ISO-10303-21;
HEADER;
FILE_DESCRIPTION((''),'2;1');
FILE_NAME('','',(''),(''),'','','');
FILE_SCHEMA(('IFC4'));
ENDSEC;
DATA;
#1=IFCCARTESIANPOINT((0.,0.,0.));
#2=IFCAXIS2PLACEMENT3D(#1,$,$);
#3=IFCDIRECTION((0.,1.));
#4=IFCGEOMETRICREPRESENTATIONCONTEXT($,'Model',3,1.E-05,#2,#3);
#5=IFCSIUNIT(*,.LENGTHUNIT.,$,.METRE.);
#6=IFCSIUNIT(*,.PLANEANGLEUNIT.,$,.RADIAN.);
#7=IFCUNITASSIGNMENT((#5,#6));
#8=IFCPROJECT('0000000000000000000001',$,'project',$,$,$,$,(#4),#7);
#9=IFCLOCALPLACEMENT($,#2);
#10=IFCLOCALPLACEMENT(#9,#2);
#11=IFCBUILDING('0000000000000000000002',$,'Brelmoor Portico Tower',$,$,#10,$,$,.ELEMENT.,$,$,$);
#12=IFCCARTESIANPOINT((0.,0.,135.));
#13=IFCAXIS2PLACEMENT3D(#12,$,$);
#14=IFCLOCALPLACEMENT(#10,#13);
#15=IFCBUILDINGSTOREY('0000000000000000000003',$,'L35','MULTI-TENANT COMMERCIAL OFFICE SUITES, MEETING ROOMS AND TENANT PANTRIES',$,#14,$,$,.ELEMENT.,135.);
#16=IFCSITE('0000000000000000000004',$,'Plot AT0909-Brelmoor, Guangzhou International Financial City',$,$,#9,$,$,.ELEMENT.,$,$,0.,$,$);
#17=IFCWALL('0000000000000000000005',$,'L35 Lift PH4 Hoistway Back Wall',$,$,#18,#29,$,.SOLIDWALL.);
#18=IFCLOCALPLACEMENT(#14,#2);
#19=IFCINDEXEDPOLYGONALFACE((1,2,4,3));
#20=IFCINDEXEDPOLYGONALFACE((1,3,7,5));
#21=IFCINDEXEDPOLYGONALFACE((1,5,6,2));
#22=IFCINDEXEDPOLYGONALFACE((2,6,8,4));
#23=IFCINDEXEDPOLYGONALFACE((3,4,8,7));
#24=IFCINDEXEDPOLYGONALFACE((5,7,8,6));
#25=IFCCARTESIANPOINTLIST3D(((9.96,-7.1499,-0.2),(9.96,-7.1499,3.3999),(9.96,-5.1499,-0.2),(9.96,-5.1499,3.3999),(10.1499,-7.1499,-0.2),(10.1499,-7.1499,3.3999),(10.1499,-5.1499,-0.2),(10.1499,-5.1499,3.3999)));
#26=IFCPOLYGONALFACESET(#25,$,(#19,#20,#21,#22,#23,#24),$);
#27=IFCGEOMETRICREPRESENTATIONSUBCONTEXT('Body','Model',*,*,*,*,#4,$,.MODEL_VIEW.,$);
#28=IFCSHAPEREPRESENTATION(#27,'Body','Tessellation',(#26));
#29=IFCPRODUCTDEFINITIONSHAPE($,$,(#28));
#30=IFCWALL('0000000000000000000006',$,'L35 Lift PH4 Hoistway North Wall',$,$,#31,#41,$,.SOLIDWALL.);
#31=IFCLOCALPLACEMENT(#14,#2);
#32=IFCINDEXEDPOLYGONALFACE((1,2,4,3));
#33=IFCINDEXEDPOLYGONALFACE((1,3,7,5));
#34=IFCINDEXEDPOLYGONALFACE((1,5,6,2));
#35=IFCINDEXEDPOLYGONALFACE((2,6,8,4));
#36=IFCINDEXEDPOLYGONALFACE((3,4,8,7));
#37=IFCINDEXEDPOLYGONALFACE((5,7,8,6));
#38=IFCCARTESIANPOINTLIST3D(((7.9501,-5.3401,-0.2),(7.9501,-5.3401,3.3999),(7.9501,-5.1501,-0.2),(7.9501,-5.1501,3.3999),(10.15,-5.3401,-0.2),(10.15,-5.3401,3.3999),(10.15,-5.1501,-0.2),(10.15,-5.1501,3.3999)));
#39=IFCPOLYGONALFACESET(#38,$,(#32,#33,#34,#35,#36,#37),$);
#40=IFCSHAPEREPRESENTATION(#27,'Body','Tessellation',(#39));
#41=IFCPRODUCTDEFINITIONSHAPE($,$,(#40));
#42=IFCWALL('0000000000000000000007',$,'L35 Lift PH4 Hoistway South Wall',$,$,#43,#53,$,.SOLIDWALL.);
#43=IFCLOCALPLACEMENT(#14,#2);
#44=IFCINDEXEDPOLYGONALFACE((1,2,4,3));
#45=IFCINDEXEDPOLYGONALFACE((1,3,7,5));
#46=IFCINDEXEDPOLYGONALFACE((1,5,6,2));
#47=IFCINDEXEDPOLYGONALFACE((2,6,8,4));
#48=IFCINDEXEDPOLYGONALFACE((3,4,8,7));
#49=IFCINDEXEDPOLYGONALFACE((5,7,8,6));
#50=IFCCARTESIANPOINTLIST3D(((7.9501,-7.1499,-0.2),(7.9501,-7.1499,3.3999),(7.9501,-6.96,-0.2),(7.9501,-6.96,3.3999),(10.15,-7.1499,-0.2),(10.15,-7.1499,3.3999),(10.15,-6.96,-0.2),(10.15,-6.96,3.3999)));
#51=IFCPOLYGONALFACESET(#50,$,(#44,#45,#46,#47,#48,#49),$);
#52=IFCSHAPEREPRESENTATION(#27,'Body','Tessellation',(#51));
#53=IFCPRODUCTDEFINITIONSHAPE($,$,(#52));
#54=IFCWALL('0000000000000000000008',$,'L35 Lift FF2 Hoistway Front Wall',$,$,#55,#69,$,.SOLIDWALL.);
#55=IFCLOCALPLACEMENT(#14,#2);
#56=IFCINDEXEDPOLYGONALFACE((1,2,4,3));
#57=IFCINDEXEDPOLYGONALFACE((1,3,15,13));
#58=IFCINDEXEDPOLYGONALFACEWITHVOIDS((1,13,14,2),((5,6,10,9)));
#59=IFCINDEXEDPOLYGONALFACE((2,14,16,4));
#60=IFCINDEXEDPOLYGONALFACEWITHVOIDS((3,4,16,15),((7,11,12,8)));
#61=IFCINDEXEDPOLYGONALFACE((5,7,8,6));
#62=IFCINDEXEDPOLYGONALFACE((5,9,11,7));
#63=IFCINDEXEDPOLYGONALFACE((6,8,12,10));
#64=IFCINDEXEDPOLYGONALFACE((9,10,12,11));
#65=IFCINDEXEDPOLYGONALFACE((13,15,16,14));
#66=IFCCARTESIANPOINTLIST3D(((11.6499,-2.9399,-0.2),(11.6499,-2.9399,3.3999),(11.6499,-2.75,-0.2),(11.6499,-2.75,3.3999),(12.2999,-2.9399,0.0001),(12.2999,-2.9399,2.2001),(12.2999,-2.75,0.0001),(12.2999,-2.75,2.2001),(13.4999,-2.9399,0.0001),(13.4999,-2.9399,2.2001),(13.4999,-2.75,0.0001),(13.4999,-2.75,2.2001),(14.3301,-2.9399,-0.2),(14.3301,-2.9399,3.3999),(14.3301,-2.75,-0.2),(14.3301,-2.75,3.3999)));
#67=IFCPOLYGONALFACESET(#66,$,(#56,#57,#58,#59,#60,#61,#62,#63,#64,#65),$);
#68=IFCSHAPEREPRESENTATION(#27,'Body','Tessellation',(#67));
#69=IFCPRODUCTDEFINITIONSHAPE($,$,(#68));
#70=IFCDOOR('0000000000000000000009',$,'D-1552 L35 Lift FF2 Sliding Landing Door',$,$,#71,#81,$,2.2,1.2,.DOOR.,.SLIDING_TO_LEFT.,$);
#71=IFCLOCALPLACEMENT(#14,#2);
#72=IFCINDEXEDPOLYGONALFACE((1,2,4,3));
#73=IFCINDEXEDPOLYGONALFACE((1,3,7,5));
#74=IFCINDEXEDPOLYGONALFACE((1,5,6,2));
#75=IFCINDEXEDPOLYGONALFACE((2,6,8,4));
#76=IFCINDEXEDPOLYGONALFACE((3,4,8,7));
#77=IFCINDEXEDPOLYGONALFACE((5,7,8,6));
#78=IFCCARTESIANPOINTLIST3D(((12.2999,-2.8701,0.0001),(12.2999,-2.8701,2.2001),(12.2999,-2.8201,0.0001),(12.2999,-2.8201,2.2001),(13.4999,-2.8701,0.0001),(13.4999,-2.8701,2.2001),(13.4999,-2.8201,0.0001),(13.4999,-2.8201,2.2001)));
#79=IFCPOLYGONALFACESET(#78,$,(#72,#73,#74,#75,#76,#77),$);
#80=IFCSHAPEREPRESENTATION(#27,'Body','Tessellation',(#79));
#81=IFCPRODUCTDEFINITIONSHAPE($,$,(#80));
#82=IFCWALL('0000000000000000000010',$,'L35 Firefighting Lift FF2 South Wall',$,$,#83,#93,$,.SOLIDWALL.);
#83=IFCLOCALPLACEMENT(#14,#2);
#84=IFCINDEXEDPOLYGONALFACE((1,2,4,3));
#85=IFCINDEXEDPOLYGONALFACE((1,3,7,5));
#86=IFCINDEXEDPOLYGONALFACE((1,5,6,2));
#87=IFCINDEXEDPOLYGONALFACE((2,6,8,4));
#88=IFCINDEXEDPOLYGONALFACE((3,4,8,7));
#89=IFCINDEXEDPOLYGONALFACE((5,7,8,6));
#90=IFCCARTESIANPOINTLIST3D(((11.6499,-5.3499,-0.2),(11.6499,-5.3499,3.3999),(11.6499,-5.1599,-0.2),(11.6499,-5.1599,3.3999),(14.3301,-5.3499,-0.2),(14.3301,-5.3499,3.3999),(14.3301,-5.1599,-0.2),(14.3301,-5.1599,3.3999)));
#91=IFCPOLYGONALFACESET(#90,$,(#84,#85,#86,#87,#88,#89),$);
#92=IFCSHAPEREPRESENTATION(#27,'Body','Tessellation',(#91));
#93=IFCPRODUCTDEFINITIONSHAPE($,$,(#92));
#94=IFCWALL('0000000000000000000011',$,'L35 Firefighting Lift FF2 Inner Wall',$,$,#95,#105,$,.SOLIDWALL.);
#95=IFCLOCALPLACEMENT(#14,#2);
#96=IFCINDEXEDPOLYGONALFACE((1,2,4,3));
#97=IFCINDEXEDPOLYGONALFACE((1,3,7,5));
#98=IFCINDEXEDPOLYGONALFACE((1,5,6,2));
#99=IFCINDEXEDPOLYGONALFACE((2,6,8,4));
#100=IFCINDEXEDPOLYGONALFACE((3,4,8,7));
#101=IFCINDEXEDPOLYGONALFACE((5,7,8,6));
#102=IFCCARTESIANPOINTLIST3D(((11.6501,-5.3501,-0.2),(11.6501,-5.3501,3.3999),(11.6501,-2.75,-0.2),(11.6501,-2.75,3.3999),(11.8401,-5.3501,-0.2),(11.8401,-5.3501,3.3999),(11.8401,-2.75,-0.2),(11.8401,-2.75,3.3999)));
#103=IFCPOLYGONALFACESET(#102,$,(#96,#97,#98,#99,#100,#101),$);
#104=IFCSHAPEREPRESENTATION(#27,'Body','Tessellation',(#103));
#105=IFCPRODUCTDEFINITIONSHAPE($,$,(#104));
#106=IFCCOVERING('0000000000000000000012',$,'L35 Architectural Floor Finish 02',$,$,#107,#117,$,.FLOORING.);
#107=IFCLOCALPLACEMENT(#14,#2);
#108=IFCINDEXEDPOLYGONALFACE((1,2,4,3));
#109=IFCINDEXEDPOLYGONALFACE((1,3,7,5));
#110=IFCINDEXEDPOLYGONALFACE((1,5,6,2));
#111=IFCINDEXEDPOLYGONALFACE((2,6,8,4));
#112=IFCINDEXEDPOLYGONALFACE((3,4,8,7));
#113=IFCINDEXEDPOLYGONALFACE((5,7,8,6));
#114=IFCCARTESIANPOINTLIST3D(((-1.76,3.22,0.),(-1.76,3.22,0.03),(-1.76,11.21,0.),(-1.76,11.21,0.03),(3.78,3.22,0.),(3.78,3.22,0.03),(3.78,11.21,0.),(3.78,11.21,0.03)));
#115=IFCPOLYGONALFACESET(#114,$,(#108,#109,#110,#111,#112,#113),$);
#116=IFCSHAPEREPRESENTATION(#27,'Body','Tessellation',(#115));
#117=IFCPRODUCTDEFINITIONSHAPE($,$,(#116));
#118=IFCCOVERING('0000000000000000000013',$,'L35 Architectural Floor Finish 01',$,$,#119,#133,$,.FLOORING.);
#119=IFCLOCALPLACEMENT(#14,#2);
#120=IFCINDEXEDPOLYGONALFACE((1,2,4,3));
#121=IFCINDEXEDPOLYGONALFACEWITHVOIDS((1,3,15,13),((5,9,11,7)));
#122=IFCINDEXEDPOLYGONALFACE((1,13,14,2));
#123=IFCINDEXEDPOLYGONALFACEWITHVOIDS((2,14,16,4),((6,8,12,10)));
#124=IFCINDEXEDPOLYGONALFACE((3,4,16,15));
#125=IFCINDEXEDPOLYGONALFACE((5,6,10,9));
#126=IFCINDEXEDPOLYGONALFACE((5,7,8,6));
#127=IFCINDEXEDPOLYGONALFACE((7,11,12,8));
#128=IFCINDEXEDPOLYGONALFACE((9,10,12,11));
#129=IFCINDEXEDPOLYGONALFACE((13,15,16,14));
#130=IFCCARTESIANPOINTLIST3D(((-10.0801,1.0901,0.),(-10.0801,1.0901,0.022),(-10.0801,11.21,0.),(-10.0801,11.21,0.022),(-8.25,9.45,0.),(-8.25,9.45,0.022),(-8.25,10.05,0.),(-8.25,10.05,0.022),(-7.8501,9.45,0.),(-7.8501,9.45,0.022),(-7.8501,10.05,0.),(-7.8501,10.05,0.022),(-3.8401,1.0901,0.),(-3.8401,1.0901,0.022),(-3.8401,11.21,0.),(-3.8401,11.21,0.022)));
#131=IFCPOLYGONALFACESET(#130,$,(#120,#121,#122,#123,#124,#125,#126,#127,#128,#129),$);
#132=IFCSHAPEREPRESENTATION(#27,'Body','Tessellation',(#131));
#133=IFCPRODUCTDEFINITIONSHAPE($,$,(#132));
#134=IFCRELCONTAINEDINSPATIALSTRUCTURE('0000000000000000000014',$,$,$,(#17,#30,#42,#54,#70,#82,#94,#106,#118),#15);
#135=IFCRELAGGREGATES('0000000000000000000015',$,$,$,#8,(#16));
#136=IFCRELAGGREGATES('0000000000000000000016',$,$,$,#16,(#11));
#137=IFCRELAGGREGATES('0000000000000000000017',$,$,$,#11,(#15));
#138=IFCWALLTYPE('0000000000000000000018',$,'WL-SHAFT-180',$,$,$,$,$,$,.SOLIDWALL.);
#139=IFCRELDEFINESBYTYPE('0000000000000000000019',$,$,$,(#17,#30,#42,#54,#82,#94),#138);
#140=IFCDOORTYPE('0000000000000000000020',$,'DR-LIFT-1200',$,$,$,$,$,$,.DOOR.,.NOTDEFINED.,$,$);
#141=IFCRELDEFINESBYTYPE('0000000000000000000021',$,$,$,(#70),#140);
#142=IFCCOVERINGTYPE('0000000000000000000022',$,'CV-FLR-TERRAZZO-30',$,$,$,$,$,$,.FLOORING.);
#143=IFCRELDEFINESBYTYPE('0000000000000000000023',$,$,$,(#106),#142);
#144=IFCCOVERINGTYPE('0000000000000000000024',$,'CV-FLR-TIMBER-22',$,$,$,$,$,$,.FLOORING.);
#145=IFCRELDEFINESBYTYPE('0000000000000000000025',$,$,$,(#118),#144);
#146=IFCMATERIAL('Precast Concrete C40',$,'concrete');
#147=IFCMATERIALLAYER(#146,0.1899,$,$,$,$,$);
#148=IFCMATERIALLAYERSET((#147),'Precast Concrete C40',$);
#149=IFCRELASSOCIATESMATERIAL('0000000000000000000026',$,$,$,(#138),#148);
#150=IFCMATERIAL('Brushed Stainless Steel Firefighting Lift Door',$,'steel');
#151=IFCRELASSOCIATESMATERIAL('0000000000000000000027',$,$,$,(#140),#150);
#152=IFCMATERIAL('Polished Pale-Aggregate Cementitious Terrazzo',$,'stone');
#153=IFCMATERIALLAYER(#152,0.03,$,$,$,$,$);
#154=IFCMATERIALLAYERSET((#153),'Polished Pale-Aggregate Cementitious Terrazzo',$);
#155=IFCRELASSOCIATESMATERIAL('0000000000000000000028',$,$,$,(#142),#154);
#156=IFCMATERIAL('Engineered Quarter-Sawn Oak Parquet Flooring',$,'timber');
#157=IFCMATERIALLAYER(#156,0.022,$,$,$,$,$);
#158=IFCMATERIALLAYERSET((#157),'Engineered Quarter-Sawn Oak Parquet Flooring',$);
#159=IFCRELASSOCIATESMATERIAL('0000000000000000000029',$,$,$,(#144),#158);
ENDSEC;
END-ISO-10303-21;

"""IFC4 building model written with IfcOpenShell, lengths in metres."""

from ifc_helpers import new_model, si_unit, direction, frame, frame_2d, origin, place, context, subcontext, project, spatial, polyline, rectangle, outline, extrude, material, layer, layer_set, type_object, element, fill, save


model = new_model("IFC4")

# Units and contexts
model_context = context("Model", 3, precision=1e-05, world=origin(), true_north=direction((0.0, 1.0)))
body_context = subcontext(model_context, "Body", "Model", "MODEL_VIEW")
ifc_project = project(units=[si_unit("LENGTHUNIT", "METRE"), si_unit("PLANEANGLEUNIT", "RADIAN")], contexts=[model_context])

# Site, building, storey
site_placement = place(None, origin())
site = spatial("IfcSite", under=ifc_project, at=site_placement, Name="Plot AT0909-Brelmoor, Guangzhou International Financial City", CompositionType="ELEMENT", RefElevation=0.0)
building_placement = place(site_placement, origin())
building = spatial("IfcBuilding", under=site, at=building_placement, Name="Brelmoor Portico Tower", CompositionType="ELEMENT")
storey_placement = place(building_placement, frame((0.0, 0.0, 135.0)))
storey = spatial("IfcBuildingStorey", under=building, at=storey_placement, Name="L35", Description="MULTI-TENANT COMMERCIAL OFFICE SUITES, MEETING ROOMS AND TENANT PANTRIES", CompositionType="ELEMENT", Elevation=135.0)

# Walls
ifc_material_1 = material(Name="Precast Concrete C40", Category="concrete")
ifc_layer_1 = layer(ifc_material_1, 0.1899)
ifc_layer_set_1 = layer_set([ifc_layer_1], Name="Precast Concrete C40")
wall_type_1 = type_object("IfcWallType", Name="WL-SHAFT-180", PredefinedType="SOLIDWALL", material=ifc_layer_set_1)
for number, where, z_axis, x_axis, name in (
    (1, (10.0549, -7.1499, -0.2), (0.0, 0.0, 1.0), (0.0, 1.0, 0.0), "L35 Lift PH4 Hoistway Back Wall"),
):
    element("IfcWall", number, at=place(storey_placement, frame(where, z_axis=z_axis, x_axis=x_axis)), inside=storey, type_object=wall_type_1, Name=name, PredefinedType="SOLIDWALL", context=body_context, shape_type="SweptSolid", body=[
        extrude(rectangle(XDim=2.0, YDim=0.1899, at=frame_2d((1.0, 0.0))), origin(), (0.0, 0.0, 1.0), 3.5999),
    ])
for number, where, z_axis, x_axis, name in (
    (2, (7.95, -5.2451, -0.2), (0.0, 0.0, 1.0), (1.0, 0.0, 0.0), "L35 Lift PH4 Hoistway North Wall"),
    (3, (7.95, -7.0549, -0.2), (0.0, 0.0, 1.0), (1.0, 0.0, 0.0), "L35 Lift PH4 Hoistway South Wall"),
):
    element("IfcWall", number, at=place(storey_placement, frame(where, z_axis=z_axis, x_axis=x_axis)), inside=storey, type_object=wall_type_1, Name=name, PredefinedType="SOLIDWALL", context=body_context, shape_type="SweptSolid", body=[
        extrude(rectangle(XDim=2.2, YDim=0.1899, at=frame_2d((1.1001, 0.0))), origin(), (0.0, 0.0, 1.0), 3.5999),
    ])

# Wall, opening, door
wall_1_placement = place(storey_placement, frame((11.6499, -2.845, -0.2), z_axis=(0.0, 0.0, 1.0), x_axis=(1.0, 0.0, 0.0)))
wall_1 = element("IfcWall", 4, at=wall_1_placement, inside=storey, type_object=wall_type_1, Name="L35 Lift FF2 Hoistway Front Wall", PredefinedType="SOLIDWALL", context=body_context, shape_type="SweptSolid", body=[
    extrude(rectangle(XDim=2.6802, YDim=0.1899, at=frame_2d((1.3401, 0.0))), origin(), (0.0, 0.0, 1.0), 3.5999),
])
opening_1_placement = place(wall_1_placement, frame((0.6499, 0.0, 0.2)))
opening_1 = element("IfcOpeningElement", 5, at=opening_1_placement, cuts=wall_1, PredefinedType="OPENING", context=body_context, shape_type="SweptSolid", body=[
    extrude(rectangle(XDim=1.2, YDim=2.2, at=frame_2d((0.6001, 1.1001))), frame((0.0, 0.105, 0.0), z_axis=(0.0, -1.0, 0.0), x_axis=(1.0, 0.0, 0.0)), (0.0, 0.0, 1.0), 0.21),
])
ifc_material_2 = material(Name="Brushed Stainless Steel Firefighting Lift Door", Category="steel")
door_type_1 = type_object("IfcDoorType", Name="DR-LIFT-1200", OperationType="NOTDEFINED", PredefinedType="DOOR", material=ifc_material_2)
door_1_placement = place(opening_1_placement, origin())
door_1 = element("IfcDoor", 6, at=door_1_placement, inside=storey, type_object=door_type_1, Name="D-1552 L35 Lift FF2 Sliding Landing Door", OperationType="SLIDING_TO_LEFT", OverallHeight=2.2, OverallWidth=1.2, PredefinedType="DOOR", context=body_context, shape_type="SweptSolid", body=[
    extrude(rectangle(XDim=1.2, YDim=2.2, at=frame_2d((0.6001, 1.1001))), frame((0.0, 0.0249, 0.0), z_axis=(0.0, -1.0, 0.0), x_axis=(1.0, 0.0, 0.0)), (0.0, 0.0, 1.0), 0.05),
])
fill(opening_1, door_1)

# Walls
wall_2_placement = place(storey_placement, frame((11.6499, -5.2549, -0.2), z_axis=(0.0, 0.0, 1.0), x_axis=(1.0, 0.0, 0.0)))
element("IfcWall", 7, at=wall_2_placement, inside=storey, type_object=wall_type_1, Name="L35 Firefighting Lift FF2 South Wall", PredefinedType="SOLIDWALL", context=body_context, shape_type="SweptSolid", body=[
    extrude(rectangle(XDim=2.6802, YDim=0.1899, at=frame_2d((1.3401, 0.0))), origin(), (0.0, 0.0, 1.0), 3.5999),
])
wall_3_placement = place(storey_placement, frame((11.7451, -5.3501, -0.2), z_axis=(0.0, 0.0, 1.0), x_axis=(0.0, 1.0, 0.0)))
element("IfcWall", 8, at=wall_3_placement, inside=storey, type_object=wall_type_1, Name="L35 Firefighting Lift FF2 Inner Wall", PredefinedType="SOLIDWALL", context=body_context, shape_type="SweptSolid", body=[
    extrude(rectangle(XDim=2.6001, YDim=0.1899, at=frame_2d((1.3, 0.0))), origin(), (0.0, 0.0, 1.0), 3.5999),
])

# Coverings
ifc_material_3 = material(Name="Polished Pale-Aggregate Cementitious Terrazzo", Category="stone")
ifc_layer_2 = layer(ifc_material_3, 0.03)
ifc_layer_set_2 = layer_set([ifc_layer_2], Name="Polished Pale-Aggregate Cementitious Terrazzo")
covering_type_1 = type_object("IfcCoveringType", Name="CV-FLR-TERRAZZO-30", PredefinedType="FLOORING", material=ifc_layer_set_2)
covering_1_placement = place(storey_placement, origin())
element("IfcCovering", 9, at=covering_1_placement, inside=storey, type_object=covering_type_1, Name="L35 Architectural Floor Finish 02", PredefinedType="FLOORING", context=body_context, shape_type="SweptSolid", body=[
    extrude(outline(polyline([(-1.76, 3.22), (-1.76, 11.21), (3.78, 11.21), (3.78, 3.22), (-1.76, 3.22)])), origin(), (0.0, 0.0, 1.0), 0.03),
])
ifc_material_4 = material(Name="Engineered Quarter-Sawn Oak Parquet Flooring", Category="timber")
ifc_layer_3 = layer(ifc_material_4, 0.022)
ifc_layer_set_3 = layer_set([ifc_layer_3], Name="Engineered Quarter-Sawn Oak Parquet Flooring")
covering_type_2 = type_object("IfcCoveringType", Name="CV-FLR-TIMBER-22", PredefinedType="FLOORING", material=ifc_layer_set_3)
covering_2_placement = place(storey_placement, origin())
element("IfcCovering", 10, at=covering_2_placement, inside=storey, type_object=covering_type_2, Name="L35 Architectural Floor Finish 01", PredefinedType="FLOORING", context=body_context, shape_type="SweptSolid", body=[
    extrude(outline(polyline([(-10.0801, 11.21), (-3.8401, 11.21), (-3.8401, 1.0901), (-10.0801, 1.0901), (-10.0801, 11.21)]), holes=[polyline([(-7.8501, 9.45), (-7.8501, 10.05), (-8.25, 10.05), (-8.25, 9.45), (-7.8501, 9.45)])]), origin(), (0.0, 0.0, 1.0), 0.022),
])

save(model, "model.ifc")
